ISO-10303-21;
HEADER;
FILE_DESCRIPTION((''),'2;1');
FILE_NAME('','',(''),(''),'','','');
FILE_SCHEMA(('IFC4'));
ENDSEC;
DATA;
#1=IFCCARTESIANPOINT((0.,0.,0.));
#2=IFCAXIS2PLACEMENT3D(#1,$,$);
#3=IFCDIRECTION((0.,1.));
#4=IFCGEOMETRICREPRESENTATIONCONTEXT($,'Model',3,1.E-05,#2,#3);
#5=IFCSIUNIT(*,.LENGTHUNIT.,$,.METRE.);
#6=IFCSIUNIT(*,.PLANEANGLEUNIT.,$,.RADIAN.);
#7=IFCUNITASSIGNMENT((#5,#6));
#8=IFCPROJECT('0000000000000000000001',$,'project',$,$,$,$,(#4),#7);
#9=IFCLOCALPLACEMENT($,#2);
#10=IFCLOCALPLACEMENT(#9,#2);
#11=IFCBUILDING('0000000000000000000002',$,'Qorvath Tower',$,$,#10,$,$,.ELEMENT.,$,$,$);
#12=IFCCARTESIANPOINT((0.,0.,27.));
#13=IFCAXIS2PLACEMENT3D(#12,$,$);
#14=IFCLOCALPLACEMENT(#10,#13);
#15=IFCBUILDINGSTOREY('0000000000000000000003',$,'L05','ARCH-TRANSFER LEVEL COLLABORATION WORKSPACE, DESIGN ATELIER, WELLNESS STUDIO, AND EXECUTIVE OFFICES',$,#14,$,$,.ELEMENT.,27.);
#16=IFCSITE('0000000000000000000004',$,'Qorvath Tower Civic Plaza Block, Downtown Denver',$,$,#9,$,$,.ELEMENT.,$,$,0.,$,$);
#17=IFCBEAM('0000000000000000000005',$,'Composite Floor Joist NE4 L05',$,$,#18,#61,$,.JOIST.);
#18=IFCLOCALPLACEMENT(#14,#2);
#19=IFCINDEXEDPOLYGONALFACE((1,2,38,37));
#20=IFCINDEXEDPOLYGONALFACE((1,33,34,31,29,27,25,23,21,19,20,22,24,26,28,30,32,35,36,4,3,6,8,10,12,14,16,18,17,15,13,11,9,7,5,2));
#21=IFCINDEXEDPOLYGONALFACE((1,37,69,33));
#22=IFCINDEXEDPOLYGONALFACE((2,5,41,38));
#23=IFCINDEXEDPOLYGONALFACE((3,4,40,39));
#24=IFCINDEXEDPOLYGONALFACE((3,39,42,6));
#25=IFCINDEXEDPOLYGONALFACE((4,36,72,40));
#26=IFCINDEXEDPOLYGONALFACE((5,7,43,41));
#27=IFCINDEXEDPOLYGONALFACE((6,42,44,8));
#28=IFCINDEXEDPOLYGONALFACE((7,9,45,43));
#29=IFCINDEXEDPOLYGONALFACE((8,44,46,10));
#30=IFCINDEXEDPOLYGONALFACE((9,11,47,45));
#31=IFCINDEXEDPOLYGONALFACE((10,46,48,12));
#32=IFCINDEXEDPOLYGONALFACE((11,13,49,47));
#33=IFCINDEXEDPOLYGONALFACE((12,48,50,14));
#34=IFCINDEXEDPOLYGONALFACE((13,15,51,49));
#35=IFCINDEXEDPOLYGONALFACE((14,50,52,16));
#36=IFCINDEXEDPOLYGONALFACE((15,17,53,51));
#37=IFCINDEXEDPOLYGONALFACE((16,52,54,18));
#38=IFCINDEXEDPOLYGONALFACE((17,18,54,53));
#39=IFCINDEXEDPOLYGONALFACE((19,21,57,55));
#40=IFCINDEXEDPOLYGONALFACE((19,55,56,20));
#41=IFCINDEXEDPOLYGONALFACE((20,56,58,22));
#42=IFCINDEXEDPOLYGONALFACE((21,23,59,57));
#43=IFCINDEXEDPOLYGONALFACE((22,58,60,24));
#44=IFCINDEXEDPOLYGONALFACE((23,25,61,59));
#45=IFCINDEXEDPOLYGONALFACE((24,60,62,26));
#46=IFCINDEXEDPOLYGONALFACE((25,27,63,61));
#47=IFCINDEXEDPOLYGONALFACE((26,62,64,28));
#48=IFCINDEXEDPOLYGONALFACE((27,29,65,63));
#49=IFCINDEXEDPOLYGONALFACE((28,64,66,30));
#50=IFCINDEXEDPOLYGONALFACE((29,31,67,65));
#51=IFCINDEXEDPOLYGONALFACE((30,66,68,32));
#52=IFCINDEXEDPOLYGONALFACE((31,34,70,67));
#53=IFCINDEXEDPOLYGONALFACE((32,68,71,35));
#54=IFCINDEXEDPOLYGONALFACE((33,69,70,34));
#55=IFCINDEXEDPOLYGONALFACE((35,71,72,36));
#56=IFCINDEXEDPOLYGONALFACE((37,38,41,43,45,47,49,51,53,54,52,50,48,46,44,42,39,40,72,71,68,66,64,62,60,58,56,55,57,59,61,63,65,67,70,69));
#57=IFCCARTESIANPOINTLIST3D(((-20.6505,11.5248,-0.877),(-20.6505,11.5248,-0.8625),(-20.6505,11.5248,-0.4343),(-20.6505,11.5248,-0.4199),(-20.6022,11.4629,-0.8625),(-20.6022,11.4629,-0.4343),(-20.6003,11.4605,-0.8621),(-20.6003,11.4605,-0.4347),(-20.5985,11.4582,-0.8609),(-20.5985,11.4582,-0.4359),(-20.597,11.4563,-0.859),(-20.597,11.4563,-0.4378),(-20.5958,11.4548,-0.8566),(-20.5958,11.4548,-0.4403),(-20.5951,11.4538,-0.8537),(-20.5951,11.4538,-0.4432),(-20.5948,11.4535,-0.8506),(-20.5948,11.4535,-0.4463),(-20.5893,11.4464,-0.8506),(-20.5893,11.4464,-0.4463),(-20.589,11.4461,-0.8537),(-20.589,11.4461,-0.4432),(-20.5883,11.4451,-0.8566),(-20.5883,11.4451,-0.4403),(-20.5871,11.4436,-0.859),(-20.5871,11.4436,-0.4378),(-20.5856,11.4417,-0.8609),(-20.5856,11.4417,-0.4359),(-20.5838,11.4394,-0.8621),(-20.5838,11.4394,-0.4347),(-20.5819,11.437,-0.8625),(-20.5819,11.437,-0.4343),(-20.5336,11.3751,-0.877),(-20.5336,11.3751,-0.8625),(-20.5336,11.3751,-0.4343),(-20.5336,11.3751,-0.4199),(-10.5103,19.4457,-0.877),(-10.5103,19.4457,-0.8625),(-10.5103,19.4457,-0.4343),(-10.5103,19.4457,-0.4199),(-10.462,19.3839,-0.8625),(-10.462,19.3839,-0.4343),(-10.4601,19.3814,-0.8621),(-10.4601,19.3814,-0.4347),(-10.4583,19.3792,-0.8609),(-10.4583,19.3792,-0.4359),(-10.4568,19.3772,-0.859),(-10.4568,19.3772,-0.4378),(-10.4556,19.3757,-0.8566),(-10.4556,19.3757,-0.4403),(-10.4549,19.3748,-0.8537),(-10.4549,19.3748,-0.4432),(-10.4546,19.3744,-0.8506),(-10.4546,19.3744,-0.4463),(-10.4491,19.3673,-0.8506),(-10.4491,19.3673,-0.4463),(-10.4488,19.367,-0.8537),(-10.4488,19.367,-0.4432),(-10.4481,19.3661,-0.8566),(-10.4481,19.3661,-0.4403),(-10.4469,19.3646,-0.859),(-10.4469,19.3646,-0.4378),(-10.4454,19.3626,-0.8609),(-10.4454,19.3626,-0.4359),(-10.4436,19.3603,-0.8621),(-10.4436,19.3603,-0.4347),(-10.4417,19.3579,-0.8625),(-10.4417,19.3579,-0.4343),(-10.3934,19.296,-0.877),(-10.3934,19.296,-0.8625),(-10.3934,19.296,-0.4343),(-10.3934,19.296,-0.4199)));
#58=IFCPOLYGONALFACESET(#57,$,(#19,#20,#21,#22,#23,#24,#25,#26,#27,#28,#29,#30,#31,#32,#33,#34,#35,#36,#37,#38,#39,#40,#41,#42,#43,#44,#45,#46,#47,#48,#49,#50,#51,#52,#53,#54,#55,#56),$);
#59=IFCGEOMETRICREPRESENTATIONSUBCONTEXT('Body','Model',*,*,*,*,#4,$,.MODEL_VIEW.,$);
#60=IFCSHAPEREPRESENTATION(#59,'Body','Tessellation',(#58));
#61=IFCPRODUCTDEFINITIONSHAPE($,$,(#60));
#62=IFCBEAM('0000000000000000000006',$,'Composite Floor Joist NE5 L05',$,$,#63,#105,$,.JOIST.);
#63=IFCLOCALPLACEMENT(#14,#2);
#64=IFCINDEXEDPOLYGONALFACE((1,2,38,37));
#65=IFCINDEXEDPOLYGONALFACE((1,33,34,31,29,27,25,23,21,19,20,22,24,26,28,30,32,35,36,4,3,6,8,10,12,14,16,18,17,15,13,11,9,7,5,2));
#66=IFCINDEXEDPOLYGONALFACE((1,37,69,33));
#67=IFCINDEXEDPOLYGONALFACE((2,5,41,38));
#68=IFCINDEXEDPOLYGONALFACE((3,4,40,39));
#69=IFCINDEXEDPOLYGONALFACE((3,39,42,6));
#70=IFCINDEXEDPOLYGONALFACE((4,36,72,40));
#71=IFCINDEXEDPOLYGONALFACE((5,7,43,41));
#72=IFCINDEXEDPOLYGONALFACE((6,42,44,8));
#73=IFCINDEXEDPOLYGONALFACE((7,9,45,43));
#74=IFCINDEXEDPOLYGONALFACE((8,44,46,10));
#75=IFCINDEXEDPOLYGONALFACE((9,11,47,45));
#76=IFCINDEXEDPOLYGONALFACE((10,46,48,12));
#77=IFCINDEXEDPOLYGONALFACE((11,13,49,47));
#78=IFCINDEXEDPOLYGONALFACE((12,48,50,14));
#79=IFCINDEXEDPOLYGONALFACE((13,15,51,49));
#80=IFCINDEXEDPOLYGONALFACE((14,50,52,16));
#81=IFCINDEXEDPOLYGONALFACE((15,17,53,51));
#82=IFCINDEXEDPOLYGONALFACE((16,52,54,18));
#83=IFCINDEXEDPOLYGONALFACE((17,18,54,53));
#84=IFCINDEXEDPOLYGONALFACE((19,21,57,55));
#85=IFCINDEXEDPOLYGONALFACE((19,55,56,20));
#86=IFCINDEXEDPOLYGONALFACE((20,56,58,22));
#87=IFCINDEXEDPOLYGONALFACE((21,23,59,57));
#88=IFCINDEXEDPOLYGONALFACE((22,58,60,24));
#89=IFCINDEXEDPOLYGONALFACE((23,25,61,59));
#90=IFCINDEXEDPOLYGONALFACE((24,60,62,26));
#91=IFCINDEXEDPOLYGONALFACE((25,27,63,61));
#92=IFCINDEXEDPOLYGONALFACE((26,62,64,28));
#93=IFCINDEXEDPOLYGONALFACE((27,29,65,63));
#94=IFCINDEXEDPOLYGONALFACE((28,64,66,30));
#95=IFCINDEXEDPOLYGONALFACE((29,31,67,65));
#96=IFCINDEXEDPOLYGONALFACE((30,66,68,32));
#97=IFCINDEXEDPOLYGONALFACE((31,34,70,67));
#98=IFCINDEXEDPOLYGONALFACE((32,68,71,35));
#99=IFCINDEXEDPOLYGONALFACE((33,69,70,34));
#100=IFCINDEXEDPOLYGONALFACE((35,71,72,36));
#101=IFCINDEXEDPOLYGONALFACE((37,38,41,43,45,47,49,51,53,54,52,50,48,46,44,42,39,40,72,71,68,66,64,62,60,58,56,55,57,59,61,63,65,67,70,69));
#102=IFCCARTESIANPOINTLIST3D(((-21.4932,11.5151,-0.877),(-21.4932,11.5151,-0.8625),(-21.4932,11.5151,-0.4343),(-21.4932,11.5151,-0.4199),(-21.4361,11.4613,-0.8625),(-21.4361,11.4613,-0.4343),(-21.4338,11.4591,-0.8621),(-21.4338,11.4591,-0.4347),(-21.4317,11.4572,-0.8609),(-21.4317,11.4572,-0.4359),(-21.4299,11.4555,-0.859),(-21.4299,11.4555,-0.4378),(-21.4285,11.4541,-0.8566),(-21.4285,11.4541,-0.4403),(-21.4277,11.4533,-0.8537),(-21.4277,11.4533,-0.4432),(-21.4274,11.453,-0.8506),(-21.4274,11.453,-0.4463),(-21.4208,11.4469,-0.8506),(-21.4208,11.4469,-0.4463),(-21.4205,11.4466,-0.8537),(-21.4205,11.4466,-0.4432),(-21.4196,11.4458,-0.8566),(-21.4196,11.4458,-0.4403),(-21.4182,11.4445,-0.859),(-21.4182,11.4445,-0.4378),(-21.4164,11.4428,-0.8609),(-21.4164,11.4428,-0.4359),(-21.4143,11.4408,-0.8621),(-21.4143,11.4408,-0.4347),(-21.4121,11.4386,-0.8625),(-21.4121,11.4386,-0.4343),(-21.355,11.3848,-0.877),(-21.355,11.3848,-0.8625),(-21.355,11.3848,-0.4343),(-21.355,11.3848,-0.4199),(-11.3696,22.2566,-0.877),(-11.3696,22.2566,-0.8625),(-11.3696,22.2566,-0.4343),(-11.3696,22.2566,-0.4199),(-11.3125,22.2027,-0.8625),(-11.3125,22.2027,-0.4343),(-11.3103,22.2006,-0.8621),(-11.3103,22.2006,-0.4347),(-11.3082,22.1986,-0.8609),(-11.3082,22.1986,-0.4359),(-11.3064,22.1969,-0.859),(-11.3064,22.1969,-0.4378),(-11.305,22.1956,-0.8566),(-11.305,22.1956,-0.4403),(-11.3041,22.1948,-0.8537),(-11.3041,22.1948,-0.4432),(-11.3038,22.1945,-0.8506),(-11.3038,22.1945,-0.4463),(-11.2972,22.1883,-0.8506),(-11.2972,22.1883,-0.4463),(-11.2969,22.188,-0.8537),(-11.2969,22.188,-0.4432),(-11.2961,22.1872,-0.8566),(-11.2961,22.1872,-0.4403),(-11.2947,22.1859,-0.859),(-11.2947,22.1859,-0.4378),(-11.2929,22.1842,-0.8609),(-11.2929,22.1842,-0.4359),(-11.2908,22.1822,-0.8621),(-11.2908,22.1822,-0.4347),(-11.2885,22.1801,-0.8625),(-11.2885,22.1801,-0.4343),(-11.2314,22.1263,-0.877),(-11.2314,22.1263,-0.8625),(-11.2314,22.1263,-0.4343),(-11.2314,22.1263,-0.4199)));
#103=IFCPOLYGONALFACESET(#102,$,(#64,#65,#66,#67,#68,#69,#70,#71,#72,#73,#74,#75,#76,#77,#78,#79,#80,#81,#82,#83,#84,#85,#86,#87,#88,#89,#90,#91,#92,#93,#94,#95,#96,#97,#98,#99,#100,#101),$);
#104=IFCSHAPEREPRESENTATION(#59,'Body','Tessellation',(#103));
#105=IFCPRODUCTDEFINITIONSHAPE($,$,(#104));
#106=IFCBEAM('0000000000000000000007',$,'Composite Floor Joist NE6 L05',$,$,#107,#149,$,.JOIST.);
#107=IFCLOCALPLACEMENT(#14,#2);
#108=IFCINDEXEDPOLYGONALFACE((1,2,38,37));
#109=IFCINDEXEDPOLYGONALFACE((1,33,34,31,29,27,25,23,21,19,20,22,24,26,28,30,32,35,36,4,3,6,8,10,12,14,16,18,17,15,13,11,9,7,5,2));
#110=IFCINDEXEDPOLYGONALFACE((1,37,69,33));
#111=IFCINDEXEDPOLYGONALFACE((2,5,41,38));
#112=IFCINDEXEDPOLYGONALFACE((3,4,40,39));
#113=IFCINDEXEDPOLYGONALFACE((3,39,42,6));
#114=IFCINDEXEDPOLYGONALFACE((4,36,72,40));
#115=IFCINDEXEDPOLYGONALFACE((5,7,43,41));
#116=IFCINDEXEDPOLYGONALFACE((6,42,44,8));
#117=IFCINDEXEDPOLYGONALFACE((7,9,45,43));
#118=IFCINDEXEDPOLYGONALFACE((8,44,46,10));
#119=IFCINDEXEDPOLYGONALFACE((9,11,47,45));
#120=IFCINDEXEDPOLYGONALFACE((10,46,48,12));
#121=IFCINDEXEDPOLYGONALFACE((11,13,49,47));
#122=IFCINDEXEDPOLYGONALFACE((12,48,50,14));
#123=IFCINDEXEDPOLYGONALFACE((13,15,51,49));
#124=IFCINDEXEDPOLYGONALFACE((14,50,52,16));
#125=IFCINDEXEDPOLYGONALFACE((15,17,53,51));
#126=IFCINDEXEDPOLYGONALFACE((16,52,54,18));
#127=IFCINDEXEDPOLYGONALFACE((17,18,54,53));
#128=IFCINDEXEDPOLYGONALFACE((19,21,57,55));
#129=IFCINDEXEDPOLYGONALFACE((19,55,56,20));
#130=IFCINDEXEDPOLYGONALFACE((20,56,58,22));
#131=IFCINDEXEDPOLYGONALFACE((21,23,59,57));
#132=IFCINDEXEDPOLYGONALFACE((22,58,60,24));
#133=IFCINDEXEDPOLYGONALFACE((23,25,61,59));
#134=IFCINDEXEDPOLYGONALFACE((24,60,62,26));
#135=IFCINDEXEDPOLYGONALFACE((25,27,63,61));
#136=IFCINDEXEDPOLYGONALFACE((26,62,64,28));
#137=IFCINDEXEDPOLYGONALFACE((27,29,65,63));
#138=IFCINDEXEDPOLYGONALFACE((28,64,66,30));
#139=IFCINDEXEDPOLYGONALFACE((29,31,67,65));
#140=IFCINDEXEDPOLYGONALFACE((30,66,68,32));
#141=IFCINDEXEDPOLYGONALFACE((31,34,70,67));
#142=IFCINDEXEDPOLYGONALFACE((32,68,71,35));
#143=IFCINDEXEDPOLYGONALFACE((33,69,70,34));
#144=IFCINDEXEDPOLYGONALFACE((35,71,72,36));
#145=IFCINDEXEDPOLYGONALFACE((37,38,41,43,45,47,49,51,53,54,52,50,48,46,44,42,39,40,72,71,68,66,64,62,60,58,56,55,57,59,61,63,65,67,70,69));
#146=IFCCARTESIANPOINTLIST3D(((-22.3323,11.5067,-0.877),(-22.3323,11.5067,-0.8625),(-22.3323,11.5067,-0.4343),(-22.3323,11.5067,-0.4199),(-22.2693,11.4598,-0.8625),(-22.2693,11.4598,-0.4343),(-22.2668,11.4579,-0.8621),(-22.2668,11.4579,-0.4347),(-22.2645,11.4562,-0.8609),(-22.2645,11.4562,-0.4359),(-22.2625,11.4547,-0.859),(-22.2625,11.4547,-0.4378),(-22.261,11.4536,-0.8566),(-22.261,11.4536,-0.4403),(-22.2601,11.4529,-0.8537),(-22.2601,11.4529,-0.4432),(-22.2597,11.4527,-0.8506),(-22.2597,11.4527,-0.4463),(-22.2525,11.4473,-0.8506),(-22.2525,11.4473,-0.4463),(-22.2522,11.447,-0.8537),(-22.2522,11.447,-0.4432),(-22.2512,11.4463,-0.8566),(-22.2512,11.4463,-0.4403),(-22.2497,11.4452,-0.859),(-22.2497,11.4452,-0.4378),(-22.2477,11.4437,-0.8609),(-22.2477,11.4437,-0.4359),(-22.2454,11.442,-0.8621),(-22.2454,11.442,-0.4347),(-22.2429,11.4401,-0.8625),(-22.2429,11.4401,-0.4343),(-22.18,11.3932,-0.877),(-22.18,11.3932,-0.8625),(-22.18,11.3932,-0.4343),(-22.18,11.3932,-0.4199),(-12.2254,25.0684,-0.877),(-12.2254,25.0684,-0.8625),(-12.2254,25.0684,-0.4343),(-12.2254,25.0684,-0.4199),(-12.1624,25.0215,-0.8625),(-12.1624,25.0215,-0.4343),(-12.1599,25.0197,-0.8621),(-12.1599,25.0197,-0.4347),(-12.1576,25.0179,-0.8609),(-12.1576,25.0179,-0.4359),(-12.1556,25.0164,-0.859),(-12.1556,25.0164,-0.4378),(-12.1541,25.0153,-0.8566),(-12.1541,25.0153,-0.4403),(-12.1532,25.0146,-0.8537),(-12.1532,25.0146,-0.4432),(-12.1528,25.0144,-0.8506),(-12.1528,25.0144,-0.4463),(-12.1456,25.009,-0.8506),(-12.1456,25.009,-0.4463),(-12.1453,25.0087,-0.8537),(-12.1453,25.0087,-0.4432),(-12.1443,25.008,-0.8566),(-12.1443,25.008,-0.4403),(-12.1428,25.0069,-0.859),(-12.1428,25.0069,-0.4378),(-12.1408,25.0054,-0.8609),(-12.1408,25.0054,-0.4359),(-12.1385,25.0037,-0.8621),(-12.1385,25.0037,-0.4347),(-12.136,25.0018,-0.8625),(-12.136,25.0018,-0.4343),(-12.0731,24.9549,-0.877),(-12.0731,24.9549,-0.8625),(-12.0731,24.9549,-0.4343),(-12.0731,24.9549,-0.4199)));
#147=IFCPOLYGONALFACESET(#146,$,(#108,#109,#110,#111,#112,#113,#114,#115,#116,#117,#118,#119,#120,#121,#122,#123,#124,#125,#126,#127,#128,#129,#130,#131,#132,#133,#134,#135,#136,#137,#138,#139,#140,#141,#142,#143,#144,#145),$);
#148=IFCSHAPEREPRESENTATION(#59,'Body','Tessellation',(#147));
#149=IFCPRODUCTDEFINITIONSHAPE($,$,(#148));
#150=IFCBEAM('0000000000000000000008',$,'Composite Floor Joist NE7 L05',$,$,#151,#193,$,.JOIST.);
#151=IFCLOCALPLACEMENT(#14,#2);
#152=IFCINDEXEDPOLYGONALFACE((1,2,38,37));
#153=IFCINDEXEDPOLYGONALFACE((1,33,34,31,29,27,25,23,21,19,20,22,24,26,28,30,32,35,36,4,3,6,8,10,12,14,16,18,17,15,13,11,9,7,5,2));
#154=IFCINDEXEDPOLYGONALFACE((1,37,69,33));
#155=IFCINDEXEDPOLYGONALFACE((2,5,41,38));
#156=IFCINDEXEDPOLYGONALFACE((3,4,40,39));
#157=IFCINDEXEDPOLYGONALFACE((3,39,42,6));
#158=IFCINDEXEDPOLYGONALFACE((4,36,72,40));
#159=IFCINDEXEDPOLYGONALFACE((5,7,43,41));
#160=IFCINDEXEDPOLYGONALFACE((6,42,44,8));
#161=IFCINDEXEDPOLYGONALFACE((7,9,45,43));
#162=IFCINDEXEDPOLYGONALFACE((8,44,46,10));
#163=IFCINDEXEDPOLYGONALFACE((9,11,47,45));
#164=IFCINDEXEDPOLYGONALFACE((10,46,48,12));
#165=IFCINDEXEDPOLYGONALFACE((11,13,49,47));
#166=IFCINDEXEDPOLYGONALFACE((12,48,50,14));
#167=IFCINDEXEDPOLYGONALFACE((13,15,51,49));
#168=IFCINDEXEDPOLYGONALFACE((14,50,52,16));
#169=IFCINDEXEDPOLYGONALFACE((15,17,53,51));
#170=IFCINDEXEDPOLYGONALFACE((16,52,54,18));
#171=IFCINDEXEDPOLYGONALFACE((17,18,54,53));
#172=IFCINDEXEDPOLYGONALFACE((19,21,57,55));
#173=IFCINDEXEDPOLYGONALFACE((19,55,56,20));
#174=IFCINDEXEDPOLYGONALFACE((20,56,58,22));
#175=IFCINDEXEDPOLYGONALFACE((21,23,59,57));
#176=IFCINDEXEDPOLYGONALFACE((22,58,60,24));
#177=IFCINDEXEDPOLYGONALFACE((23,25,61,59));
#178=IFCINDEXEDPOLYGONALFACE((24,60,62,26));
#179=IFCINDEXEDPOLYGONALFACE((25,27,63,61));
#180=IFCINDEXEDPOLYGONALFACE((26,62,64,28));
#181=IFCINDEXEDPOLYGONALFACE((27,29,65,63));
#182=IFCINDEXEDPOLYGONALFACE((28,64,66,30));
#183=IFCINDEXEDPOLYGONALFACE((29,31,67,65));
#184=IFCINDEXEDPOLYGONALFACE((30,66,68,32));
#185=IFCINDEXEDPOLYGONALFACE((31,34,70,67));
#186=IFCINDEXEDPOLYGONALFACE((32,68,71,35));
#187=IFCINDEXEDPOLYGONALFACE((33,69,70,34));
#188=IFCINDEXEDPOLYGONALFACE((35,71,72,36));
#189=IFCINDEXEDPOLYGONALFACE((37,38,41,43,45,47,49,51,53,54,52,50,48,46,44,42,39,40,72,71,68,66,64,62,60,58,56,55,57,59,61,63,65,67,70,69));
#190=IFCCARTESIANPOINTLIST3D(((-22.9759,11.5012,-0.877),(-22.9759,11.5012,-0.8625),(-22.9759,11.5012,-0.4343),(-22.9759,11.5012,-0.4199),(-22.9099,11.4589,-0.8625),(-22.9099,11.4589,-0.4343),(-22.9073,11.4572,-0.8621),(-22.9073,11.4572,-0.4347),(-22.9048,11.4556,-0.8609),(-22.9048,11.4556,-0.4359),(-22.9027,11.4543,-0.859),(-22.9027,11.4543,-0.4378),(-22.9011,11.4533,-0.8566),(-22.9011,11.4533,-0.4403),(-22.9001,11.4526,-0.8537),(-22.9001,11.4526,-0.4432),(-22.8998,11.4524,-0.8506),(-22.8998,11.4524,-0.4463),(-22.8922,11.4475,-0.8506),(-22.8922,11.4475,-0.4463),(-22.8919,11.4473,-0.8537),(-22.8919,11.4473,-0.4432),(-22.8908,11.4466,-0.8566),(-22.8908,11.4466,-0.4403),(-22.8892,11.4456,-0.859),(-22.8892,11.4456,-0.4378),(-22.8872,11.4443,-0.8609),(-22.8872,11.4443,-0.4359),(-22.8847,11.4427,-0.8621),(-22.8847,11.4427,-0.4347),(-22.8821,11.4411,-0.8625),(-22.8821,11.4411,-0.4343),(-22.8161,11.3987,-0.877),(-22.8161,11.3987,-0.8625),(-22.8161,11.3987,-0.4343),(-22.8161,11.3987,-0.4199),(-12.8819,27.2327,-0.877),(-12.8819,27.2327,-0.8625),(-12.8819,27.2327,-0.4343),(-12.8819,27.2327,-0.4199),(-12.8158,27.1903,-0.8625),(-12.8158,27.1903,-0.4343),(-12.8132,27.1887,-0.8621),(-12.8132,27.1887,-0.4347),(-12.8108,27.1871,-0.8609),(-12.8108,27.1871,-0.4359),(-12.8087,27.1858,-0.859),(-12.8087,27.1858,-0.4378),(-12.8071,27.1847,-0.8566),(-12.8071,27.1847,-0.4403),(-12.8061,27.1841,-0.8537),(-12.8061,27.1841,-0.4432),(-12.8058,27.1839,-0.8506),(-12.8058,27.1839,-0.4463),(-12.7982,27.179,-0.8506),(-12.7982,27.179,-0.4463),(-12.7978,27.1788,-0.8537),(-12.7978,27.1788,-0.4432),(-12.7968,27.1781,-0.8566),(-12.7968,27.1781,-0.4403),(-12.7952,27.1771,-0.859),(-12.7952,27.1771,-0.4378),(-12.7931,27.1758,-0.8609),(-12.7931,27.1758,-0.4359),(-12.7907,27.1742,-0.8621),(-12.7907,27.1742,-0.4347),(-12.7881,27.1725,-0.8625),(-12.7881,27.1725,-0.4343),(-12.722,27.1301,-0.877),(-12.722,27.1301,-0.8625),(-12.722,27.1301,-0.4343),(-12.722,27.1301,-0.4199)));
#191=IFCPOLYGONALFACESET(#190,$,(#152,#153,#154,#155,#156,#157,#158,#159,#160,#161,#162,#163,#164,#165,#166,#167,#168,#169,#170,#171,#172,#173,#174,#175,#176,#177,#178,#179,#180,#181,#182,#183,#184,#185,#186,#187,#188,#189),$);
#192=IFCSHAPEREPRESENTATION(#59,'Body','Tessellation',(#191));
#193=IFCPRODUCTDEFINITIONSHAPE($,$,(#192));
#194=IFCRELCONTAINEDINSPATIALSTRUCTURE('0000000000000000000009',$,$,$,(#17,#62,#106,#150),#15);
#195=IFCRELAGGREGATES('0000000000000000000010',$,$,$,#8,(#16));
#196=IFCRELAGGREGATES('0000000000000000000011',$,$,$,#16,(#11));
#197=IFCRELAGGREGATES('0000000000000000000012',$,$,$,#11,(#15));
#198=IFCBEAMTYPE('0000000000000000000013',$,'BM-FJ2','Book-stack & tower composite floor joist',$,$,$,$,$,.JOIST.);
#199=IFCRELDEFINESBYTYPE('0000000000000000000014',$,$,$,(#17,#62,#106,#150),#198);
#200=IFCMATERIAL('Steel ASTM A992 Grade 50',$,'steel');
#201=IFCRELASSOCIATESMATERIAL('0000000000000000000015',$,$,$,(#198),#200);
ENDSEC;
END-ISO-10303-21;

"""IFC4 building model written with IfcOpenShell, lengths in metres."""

from ifc_helpers import new_model, si_unit, direction, frame, origin, origin_2d, place, context, subcontext, project, spatial, i_section, extrude, material, material_profile, profile_set, type_object, element, save


model = new_model("IFC4")

# Units and contexts
model_context = context("Model", 3, precision=1e-05, world=origin(), true_north=direction((0.0, 1.0)))
body_context = subcontext(model_context, "Body", "Model", "MODEL_VIEW")
ifc_project = project(units=[si_unit("LENGTHUNIT", "METRE"), si_unit("PLANEANGLEUNIT", "RADIAN")], contexts=[model_context])

# Site, building, storey
site_placement = place(None, origin())
site = spatial("IfcSite", under=ifc_project, at=site_placement, Name="Qorvath Tower Civic Plaza Block, Downtown Denver", CompositionType="ELEMENT", RefElevation=0.0)
building_placement = place(site_placement, origin())
building = spatial("IfcBuilding", under=site, at=building_placement, Name="Qorvath Tower", CompositionType="ELEMENT")
storey_placement = place(building_placement, frame((0.0, 0.0, 27.0)))
storey = spatial("IfcBuildingStorey", under=building, at=storey_placement, Name="L05", Description="ARCH-TRANSFER LEVEL COLLABORATION WORKSPACE, DESIGN ATELIER, WELLNESS STUDIO, AND EXECUTIVE OFFICES", CompositionType="ELEMENT", Elevation=27.0)

# Beams
ifc_material_1 = material(Name="Steel ASTM A992 Grade 50", Category="steel")
ifc_material_profile_1 = material_profile(ifc_material_1, i_section(OverallWidth=0.1899, OverallDepth=0.457, WebThickness=0.009, FlangeThickness=0.0144, FilletRadius=0.012, at=origin_2d()), Name="W18x50")
ifc_profile_set_1 = profile_set([ifc_material_profile_1], Name="Steel ASTM A992 Grade 50")
beam_type_1 = type_object("IfcBeamType", Name="BM-FJ2", Description="Book-stack & tower composite floor joist", PredefinedType="JOIST", material=ifc_profile_set_1)
beam_1_placement = place(storey_placement, frame((-20.592, 11.45, -0.6484), z_axis=(0.788065, 0.615592, 0.0), x_axis=(-0.615592, 0.788065, 0.0)))
element("IfcBeam", 1, at=beam_1_placement, inside=storey, type_object=beam_type_1, Name="Composite Floor Joist NE4 L05", PredefinedType="JOIST", context=body_context, shape_type="SweptSolid", body=[
    extrude(i_section(OverallWidth=0.1899, OverallDepth=0.457, WebThickness=0.009, FlangeThickness=0.0144, FilletRadius=0.012, at=origin_2d()), origin(), (0.0, 0.0, 1.0), 12.8672),
])
beam_2_placement = place(storey_placement, frame((-21.4241, 11.45, -0.6484), z_axis=(0.685865, 0.727729, 0.0), x_axis=(-0.727729, 0.685865, 0.0)))
element("IfcBeam", 2, at=beam_2_placement, inside=storey, type_object=beam_type_1, Name="Composite Floor Joist NE5 L05", PredefinedType="JOIST", context=body_context, shape_type="SweptSolid", body=[
    extrude(i_section(OverallWidth=0.1899, OverallDepth=0.457, WebThickness=0.009, FlangeThickness=0.0144, FilletRadius=0.012, at=origin_2d()), origin(), (0.0, 0.0, 1.0), 14.7603),
])
beam_3_placement = place(storey_placement, frame((-22.2561, 11.45, -0.6484), z_axis=(0.597561, 0.801824, 0.0), x_axis=(-0.801824, 0.597561, 0.0)))
element("IfcBeam", 3, at=beam_3_placement, inside=storey, type_object=beam_type_1, Name="Composite Floor Joist NE6 L05", PredefinedType="JOIST", context=body_context, shape_type="SweptSolid", body=[
    extrude(i_section(OverallWidth=0.1899, OverallDepth=0.457, WebThickness=0.009, FlangeThickness=0.0144, FilletRadius=0.012, at=origin_2d()), origin(), (0.0, 0.0, 1.0), 16.9136),
])
beam_4_placement = place(storey_placement, frame((-22.896, 11.45, -0.6484), z_axis=(0.540035, 0.841642, 0.0), x_axis=(-0.841642, 0.540035, 0.0)))
element("IfcBeam", 4, at=beam_4_placement, inside=storey, type_object=beam_type_1, Name="Composite Floor Joist NE7 L05", PredefinedType="JOIST", context=body_context, shape_type="SweptSolid", body=[
    extrude(i_section(OverallWidth=0.1899, OverallDepth=0.457, WebThickness=0.009, FlangeThickness=0.0144, FilletRadius=0.012, at=origin_2d()), origin(), (0.0, 0.0, 1.0), 18.6914),
])

save(model, "model.ifc")
